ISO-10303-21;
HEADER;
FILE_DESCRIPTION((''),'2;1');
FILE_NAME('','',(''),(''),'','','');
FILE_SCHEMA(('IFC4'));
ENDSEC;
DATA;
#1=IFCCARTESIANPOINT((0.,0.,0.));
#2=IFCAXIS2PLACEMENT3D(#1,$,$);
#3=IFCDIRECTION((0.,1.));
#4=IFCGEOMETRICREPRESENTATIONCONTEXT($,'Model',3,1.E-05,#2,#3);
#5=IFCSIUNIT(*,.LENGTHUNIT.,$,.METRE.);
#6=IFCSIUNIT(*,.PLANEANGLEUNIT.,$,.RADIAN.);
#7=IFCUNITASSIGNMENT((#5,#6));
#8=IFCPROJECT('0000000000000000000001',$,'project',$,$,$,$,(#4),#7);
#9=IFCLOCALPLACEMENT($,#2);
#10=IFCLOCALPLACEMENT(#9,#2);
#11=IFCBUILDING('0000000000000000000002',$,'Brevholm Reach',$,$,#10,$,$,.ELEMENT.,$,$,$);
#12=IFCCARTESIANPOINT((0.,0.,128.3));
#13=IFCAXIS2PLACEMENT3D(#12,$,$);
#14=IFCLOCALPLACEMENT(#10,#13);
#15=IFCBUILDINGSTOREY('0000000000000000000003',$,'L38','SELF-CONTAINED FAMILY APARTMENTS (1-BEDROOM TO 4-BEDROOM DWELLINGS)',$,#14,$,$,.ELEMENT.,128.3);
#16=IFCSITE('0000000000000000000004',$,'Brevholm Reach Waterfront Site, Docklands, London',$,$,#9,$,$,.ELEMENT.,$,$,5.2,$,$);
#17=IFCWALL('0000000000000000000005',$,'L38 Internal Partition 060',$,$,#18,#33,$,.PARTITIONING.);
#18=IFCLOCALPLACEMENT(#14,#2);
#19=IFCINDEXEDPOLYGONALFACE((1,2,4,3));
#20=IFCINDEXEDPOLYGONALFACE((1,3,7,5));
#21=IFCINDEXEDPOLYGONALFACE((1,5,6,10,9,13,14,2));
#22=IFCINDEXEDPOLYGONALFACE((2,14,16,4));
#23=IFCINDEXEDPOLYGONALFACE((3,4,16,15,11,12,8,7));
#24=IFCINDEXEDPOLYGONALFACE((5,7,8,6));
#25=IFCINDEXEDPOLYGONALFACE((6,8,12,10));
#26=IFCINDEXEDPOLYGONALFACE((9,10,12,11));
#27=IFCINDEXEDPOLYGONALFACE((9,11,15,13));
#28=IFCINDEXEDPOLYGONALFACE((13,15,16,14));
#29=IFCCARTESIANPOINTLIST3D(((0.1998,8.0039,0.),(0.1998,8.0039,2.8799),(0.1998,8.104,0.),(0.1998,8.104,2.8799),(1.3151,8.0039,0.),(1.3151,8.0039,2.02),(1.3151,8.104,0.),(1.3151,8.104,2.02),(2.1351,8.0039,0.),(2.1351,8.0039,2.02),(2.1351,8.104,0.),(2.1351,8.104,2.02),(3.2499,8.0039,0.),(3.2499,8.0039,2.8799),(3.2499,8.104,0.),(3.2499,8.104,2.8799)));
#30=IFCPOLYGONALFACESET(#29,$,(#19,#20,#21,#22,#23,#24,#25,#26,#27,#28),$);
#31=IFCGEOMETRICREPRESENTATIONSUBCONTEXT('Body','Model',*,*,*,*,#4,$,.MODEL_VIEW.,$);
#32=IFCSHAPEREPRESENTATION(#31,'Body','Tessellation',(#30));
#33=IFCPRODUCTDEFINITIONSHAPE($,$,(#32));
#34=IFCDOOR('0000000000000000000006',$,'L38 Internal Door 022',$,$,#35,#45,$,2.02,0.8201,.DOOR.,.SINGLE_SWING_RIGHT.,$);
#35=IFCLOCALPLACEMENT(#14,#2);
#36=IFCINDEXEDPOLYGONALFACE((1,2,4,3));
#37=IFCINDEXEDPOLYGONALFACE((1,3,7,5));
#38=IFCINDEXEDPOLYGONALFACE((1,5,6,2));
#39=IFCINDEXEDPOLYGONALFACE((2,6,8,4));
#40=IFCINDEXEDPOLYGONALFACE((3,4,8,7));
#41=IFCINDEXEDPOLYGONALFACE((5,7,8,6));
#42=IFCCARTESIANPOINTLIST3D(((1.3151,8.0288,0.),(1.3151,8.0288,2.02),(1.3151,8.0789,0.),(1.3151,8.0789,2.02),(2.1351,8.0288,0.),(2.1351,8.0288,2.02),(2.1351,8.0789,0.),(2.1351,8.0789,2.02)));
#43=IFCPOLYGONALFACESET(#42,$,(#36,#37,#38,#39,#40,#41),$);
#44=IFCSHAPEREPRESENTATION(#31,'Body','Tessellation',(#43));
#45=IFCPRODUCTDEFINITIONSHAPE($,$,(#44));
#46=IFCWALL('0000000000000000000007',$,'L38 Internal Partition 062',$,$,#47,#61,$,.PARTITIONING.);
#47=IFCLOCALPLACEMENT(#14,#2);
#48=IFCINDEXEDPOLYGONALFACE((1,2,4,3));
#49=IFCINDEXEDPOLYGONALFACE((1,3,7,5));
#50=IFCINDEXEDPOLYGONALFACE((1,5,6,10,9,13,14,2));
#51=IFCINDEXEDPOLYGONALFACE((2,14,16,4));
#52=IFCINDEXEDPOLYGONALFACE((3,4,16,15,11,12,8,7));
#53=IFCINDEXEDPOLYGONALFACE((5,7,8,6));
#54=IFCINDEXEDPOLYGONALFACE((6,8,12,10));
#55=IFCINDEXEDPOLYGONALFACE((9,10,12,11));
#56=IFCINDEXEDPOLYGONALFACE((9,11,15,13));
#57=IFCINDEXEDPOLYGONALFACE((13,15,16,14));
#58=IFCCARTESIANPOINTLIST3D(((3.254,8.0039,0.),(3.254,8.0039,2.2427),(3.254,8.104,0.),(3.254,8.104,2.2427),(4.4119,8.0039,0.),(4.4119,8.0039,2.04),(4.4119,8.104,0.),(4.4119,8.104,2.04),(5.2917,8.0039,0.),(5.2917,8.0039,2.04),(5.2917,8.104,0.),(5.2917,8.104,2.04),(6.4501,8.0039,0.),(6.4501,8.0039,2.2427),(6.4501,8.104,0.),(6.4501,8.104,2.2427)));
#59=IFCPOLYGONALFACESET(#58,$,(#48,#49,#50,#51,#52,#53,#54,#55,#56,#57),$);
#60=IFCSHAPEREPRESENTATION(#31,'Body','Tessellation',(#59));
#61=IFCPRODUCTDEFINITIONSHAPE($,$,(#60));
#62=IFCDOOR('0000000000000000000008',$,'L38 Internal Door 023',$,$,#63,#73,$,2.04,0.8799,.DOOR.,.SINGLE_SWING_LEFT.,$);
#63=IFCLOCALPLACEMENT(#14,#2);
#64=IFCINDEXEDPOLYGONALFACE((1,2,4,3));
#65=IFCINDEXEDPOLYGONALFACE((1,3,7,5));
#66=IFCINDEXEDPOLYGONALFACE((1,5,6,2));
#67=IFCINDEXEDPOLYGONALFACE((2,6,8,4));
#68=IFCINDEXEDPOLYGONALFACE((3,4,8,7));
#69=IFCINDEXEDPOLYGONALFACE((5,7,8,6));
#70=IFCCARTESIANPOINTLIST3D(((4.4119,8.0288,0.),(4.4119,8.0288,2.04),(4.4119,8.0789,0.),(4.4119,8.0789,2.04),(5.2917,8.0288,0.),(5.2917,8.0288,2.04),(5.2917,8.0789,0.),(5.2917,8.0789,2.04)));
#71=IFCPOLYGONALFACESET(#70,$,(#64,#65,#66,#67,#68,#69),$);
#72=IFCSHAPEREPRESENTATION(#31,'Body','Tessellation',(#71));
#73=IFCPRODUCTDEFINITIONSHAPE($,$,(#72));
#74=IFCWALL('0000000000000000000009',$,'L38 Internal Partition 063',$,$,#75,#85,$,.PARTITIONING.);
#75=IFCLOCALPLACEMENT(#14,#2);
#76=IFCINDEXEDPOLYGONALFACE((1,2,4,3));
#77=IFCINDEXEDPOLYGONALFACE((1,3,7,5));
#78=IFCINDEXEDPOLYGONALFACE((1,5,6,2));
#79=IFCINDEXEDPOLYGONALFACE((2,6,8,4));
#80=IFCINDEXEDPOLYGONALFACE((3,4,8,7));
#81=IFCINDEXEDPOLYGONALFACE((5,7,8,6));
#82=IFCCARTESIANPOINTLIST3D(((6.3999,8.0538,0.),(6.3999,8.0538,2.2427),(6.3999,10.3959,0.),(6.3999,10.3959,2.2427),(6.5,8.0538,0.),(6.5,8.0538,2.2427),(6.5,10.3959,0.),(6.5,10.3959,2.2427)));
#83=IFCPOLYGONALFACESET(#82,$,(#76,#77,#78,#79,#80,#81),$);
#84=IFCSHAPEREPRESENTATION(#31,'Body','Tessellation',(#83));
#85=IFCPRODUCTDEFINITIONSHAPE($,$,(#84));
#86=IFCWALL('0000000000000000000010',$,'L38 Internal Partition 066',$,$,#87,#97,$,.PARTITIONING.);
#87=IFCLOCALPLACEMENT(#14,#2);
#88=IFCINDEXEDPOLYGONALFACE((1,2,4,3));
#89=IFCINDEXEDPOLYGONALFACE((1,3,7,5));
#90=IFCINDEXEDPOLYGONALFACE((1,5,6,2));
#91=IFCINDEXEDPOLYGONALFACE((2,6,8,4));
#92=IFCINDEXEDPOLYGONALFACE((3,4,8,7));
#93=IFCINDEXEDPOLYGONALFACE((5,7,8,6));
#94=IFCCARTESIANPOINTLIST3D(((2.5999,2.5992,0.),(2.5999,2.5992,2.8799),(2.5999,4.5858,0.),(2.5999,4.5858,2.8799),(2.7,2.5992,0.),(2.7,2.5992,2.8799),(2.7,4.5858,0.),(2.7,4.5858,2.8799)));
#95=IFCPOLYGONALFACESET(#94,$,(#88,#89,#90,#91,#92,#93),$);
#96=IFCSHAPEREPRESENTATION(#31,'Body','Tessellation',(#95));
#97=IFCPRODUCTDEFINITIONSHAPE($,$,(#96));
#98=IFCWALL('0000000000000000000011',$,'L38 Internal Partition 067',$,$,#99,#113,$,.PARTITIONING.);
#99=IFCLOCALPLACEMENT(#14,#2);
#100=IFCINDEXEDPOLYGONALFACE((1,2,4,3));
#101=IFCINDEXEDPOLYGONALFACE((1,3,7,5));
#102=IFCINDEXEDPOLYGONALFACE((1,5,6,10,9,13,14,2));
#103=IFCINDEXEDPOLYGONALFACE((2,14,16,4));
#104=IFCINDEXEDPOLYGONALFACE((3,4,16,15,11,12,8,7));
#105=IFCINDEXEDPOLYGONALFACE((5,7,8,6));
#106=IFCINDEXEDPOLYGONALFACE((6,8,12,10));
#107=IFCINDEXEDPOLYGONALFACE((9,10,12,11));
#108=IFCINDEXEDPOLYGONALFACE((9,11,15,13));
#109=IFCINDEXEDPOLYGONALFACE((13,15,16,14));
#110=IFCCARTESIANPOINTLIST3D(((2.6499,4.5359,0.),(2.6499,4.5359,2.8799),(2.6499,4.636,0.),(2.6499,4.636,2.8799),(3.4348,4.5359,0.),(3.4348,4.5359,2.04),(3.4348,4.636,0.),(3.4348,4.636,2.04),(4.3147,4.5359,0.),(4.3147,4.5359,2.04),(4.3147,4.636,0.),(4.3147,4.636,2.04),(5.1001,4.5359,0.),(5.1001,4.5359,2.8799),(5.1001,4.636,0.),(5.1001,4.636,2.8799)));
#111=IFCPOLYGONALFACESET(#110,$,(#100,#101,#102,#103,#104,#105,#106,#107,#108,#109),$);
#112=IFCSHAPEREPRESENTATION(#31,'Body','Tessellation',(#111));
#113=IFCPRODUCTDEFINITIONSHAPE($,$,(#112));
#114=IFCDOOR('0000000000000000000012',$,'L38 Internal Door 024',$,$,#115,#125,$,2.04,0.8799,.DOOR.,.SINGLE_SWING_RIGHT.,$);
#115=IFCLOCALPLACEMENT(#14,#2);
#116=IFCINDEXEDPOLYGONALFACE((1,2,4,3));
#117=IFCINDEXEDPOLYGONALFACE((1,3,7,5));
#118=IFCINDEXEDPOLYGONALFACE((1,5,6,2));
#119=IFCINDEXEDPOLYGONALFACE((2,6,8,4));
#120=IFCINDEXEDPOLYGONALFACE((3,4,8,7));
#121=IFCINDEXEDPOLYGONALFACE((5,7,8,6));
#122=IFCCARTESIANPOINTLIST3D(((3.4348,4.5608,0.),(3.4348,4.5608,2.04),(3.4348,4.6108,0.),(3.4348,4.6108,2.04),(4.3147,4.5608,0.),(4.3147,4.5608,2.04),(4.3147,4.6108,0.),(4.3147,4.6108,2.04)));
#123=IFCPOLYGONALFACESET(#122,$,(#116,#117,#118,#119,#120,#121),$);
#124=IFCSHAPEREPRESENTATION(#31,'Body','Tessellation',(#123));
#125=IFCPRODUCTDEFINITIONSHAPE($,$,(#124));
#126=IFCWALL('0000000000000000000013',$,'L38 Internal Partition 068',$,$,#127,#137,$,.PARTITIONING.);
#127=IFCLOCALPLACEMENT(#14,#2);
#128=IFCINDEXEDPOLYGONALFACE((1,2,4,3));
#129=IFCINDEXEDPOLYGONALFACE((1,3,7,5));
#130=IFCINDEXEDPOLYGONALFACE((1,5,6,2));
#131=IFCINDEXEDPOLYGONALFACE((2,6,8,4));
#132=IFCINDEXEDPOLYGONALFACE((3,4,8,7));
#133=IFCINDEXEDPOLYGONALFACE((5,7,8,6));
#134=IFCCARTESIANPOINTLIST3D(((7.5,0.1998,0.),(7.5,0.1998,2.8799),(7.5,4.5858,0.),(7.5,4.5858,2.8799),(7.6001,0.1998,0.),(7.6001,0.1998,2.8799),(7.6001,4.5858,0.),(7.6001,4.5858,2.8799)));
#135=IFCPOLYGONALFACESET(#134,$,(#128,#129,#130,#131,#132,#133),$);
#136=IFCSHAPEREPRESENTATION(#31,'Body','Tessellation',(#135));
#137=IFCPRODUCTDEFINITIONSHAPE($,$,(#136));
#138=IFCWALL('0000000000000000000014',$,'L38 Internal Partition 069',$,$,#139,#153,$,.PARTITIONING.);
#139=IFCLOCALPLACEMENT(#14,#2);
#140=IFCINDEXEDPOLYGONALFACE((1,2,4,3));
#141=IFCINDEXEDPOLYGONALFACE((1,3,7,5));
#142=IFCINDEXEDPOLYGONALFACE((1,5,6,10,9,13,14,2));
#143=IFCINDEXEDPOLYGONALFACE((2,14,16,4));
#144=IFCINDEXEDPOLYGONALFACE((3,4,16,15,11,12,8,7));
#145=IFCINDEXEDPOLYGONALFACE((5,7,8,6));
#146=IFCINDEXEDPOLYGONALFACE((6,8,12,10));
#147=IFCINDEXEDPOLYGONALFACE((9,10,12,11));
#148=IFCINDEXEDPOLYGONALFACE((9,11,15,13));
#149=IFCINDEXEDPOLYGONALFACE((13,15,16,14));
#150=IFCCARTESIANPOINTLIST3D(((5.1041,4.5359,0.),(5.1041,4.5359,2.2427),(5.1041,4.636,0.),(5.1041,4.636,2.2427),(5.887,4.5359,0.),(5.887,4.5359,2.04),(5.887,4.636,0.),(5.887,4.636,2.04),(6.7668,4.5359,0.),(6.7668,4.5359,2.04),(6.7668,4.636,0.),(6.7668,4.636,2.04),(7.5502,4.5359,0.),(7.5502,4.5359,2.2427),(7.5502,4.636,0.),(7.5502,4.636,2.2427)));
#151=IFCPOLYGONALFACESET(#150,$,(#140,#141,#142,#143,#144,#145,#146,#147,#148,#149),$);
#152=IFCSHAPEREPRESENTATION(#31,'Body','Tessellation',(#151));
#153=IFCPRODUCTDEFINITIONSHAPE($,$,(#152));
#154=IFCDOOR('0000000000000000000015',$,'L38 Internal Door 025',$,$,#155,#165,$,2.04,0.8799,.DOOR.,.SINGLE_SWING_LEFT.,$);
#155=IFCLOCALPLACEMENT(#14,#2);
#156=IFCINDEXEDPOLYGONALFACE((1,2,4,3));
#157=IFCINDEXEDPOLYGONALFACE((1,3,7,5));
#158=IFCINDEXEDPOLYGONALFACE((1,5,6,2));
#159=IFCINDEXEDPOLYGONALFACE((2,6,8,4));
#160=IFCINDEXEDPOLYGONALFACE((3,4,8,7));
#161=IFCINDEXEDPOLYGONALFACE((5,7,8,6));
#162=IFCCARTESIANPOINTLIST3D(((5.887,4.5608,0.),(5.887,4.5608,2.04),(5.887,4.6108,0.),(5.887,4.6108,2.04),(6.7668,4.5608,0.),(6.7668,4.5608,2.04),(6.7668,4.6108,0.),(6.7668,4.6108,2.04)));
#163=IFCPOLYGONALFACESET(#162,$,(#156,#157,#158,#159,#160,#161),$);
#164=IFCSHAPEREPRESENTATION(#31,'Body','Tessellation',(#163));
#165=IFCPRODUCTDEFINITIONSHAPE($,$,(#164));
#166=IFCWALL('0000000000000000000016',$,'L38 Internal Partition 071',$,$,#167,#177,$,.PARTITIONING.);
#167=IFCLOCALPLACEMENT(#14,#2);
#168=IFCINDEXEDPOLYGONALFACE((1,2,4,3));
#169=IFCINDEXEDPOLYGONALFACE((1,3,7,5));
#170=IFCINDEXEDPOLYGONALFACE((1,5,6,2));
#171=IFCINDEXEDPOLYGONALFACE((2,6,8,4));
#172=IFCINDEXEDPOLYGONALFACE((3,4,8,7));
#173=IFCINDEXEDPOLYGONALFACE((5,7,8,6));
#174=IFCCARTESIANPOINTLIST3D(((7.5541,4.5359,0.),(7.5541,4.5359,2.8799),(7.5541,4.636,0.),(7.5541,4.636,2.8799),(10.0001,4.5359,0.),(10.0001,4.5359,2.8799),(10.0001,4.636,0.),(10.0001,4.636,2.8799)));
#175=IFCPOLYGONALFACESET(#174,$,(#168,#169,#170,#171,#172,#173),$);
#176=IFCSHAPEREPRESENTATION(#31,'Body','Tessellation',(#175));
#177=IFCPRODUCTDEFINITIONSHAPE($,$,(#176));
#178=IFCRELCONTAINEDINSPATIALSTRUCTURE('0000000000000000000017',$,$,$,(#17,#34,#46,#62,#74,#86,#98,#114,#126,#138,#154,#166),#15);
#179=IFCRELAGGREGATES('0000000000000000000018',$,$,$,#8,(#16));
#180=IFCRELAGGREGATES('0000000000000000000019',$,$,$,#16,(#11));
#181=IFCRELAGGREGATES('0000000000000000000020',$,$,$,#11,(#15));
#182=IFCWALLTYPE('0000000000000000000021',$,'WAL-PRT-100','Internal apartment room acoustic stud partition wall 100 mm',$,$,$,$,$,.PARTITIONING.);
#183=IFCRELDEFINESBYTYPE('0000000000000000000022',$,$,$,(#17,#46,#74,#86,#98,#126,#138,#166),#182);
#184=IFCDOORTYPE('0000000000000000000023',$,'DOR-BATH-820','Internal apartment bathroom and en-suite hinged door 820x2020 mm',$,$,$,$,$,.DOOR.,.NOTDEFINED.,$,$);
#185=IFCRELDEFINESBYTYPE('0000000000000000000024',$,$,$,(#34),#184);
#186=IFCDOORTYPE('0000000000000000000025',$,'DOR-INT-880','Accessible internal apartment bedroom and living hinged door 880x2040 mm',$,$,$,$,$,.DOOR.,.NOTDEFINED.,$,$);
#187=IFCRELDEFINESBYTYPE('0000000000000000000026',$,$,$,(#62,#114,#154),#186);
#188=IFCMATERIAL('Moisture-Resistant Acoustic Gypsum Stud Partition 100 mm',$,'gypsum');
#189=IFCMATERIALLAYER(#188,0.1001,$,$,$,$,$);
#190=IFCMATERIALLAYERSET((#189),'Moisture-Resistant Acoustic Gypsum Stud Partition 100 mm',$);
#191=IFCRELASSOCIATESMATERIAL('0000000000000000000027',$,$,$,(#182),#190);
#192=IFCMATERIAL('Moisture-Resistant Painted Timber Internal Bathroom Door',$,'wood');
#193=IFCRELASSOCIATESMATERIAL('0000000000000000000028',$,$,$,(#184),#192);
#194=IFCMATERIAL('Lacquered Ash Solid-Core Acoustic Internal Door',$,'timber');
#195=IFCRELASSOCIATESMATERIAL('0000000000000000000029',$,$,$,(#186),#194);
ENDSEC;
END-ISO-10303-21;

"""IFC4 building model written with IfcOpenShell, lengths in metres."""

from ifc_helpers import new_model, si_unit, direction, frame, frame_2d, origin, place, context, subcontext, project, spatial, rectangle, extrude, material, layer, layer_set, type_object, element, fill, save


model = new_model("IFC4")

# Units and contexts
model_context = context("Model", 3, precision=1e-05, world=origin(), true_north=direction((0.0, 1.0)))
body_context = subcontext(model_context, "Body", "Model", "MODEL_VIEW")
ifc_project = project(units=[si_unit("LENGTHUNIT", "METRE"), si_unit("PLANEANGLEUNIT", "RADIAN")], contexts=[model_context])

# Site, building, storey
site_placement = place(None, origin())
site = spatial("IfcSite", under=ifc_project, at=site_placement, Name="Brevholm Reach Waterfront Site, Docklands, London", CompositionType="ELEMENT", RefElevation=5.2)
building_placement = place(site_placement, origin())
building = spatial("IfcBuilding", under=site, at=building_placement, Name="Brevholm Reach", CompositionType="ELEMENT")
storey_placement = place(building_placement, frame((0.0, 0.0, 128.3)))
storey = spatial("IfcBuildingStorey", under=building, at=storey_placement, Name="L38", Description="SELF-CONTAINED FAMILY APARTMENTS (1-BEDROOM TO 4-BEDROOM DWELLINGS)", CompositionType="ELEMENT", Elevation=128.3)

# Shared definitions
ifc_material_1 = material(Name="Moisture-Resistant Acoustic Gypsum Stud Partition 100 mm", Category="gypsum")
ifc_layer_1 = layer(ifc_material_1, 0.1001)
ifc_layer_set_1 = layer_set([ifc_layer_1], Name="Moisture-Resistant Acoustic Gypsum Stud Partition 100 mm")
wall_type_1 = type_object("IfcWallType", Name="WAL-PRT-100", Description="Internal apartment room acoustic stud partition wall 100 mm", PredefinedType="PARTITIONING", material=ifc_layer_set_1)

# Walls, openings, doors
wall_1_placement = place(storey_placement, frame((0.2, 8.054, 0.0), z_axis=(0.0, 0.0, 1.0), x_axis=(1.0, 0.0, 0.0)))
wall_1 = element("IfcWall", 1, at=wall_1_placement, inside=storey, type_object=wall_type_1, Name="L38 Internal Partition 060", PredefinedType="PARTITIONING", context=body_context, shape_type="SweptSolid", body=[
    extrude(rectangle(XDim=3.05, YDim=0.1001, at=frame_2d((1.5249, 0.0))), origin(), (0.0, 0.0, 1.0), 2.8799),
])
opening_1_placement = place(wall_1_placement, frame((1.115, 0.0, 0.0)))
opening_1 = element("IfcOpeningElement", 2, at=opening_1_placement, cuts=wall_1, PredefinedType="OPENING", context=body_context, shape_type="SweptSolid", body=[
    extrude(rectangle(XDim=0.8201, YDim=2.02, at=frame_2d((0.4102, 1.01))), frame((0.0, 0.0601, 0.0), z_axis=(0.0, -1.0, 0.0), x_axis=(1.0, 0.0, 0.0)), (0.0, 0.0, 1.0), 0.1201),
])
ifc_material_2 = material(Name="Moisture-Resistant Painted Timber Internal Bathroom Door", Category="wood")
door_type_1 = type_object("IfcDoorType", Name="DOR-BATH-820", Description="Internal apartment bathroom and en-suite hinged door 820x2020 mm", OperationType="NOTDEFINED", PredefinedType="DOOR", material=ifc_material_2)
door_1_placement = place(opening_1_placement, origin())
door_1 = element("IfcDoor", 3, at=door_1_placement, inside=storey, type_object=door_type_1, Name="L38 Internal Door 022", OperationType="SINGLE_SWING_RIGHT", OverallHeight=2.02, OverallWidth=0.8201, PredefinedType="DOOR", context=body_context, shape_type="SweptSolid", body=[
    extrude(rectangle(XDim=0.8201, YDim=2.02, at=frame_2d((0.4102, 1.01))), frame((0.0, 0.0249, 0.0), z_axis=(0.0, -1.0, 0.0), x_axis=(1.0, 0.0, 0.0)), (0.0, 0.0, 1.0), 0.05),
])
fill(opening_1, door_1)
wall_2_placement = place(storey_placement, frame((3.2539, 8.054, 0.0), z_axis=(0.0, 0.0, 1.0), x_axis=(1.0, 0.0, 0.0)))
wall_2 = element("IfcWall", 4, at=wall_2_placement, inside=storey, type_object=wall_type_1, Name="L38 Internal Partition 062", PredefinedType="PARTITIONING", context=body_context, shape_type="SweptSolid", body=[
    extrude(rectangle(XDim=3.196, YDim=0.1001, at=frame_2d((1.5981, 0.0))), origin(), (0.0, 0.0, 1.0), 2.2427),
])
opening_2_placement = place(wall_2_placement, frame((1.158, 0.0, 0.0)))
opening_2 = element("IfcOpeningElement", 5, at=opening_2_placement, cuts=wall_2, PredefinedType="OPENING", context=body_context, shape_type="SweptSolid", body=[
    extrude(rectangle(XDim=0.8799, YDim=2.04, at=frame_2d((0.4399, 1.02))), frame((0.0, 0.0601, 0.0), z_axis=(0.0, -1.0, 0.0), x_axis=(1.0, 0.0, 0.0)), (0.0, 0.0, 1.0), 0.1201),
])
ifc_material_3 = material(Name="Lacquered Ash Solid-Core Acoustic Internal Door", Category="timber")
door_type_2 = type_object("IfcDoorType", Name="DOR-INT-880", Description="Accessible internal apartment bedroom and living hinged door 880x2040 mm", OperationType="NOTDEFINED", PredefinedType="DOOR", material=ifc_material_3)
door_2_placement = place(opening_2_placement, origin())
door_2 = element("IfcDoor", 6, at=door_2_placement, inside=storey, type_object=door_type_2, Name="L38 Internal Door 023", OperationType="SINGLE_SWING_LEFT", OverallHeight=2.04, OverallWidth=0.8799, PredefinedType="DOOR", context=body_context, shape_type="SweptSolid", body=[
    extrude(rectangle(XDim=0.8799, YDim=2.04, at=frame_2d((0.4399, 1.02))), frame((0.0, 0.0249, 0.0), z_axis=(0.0, -1.0, 0.0), x_axis=(1.0, 0.0, 0.0)), (0.0, 0.0, 1.0), 0.05),
])
fill(opening_2, door_2)

# Walls
wall_3_placement = place(storey_placement, frame((6.45, 8.054, 0.0), z_axis=(0.0, 0.0, 1.0), x_axis=(0.0, 1.0, 0.0)))
element("IfcWall", 7, at=wall_3_placement, inside=storey, type_object=wall_type_1, Name="L38 Internal Partition 063", PredefinedType="PARTITIONING", context=body_context, shape_type="SweptSolid", body=[
    extrude(rectangle(XDim=2.342, YDim=0.1001, at=frame_2d((1.1709, 0.0))), origin(), (0.0, 0.0, 1.0), 2.2427),
])
wall_4_placement = place(storey_placement, frame((2.6499, 2.5994, 0.0), z_axis=(0.0, 0.0, 1.0), x_axis=(0.0, 1.0, 0.0)))
element("IfcWall", 8, at=wall_4_placement, inside=storey, type_object=wall_type_1, Name="L38 Internal Partition 066", PredefinedType="PARTITIONING", context=body_context, shape_type="SweptSolid", body=[
    extrude(rectangle(XDim=1.9866, YDim=0.1001, at=frame_2d((0.9932, 0.0))), origin(), (0.0, 0.0, 1.0), 2.8799),
])

# Wall, opening, door
wall_5_placement = place(storey_placement, frame((2.6499, 4.5859, 0.0), z_axis=(0.0, 0.0, 1.0), x_axis=(1.0, 0.0, 0.0)))
wall_5 = element("IfcWall", 9, at=wall_5_placement, inside=storey, type_object=wall_type_1, Name="L38 Internal Partition 067", PredefinedType="PARTITIONING", context=body_context, shape_type="SweptSolid", body=[
    extrude(rectangle(XDim=2.4502, YDim=0.1001, at=frame_2d((1.2251, 0.0))), origin(), (0.0, 0.0, 1.0), 2.8799),
])
opening_3_placement = place(wall_5_placement, frame((0.7849, 0.0, 0.0)))
opening_3 = element("IfcOpeningElement", 10, at=opening_3_placement, cuts=wall_5, PredefinedType="OPENING", context=body_context, shape_type="SweptSolid", body=[
    extrude(rectangle(XDim=0.8799, YDim=2.04, at=frame_2d((0.4399, 1.02))), frame((0.0, 0.0601, 0.0), z_axis=(0.0, -1.0, 0.0), x_axis=(1.0, 0.0, 0.0)), (0.0, 0.0, 1.0), 0.1201),
])
door_3_placement = place(opening_3_placement, origin())
door_3 = element("IfcDoor", 11, at=door_3_placement, inside=storey, type_object=door_type_2, Name="L38 Internal Door 024", OperationType="SINGLE_SWING_RIGHT", OverallHeight=2.04, OverallWidth=0.8799, PredefinedType="DOOR", context=body_context, shape_type="SweptSolid", body=[
    extrude(rectangle(XDim=0.8799, YDim=2.04, at=frame_2d((0.4399, 1.02))), frame((0.0, 0.0249, 0.0), z_axis=(0.0, -1.0, 0.0), x_axis=(1.0, 0.0, 0.0)), (0.0, 0.0, 1.0), 0.05),
])
fill(opening_3, door_3)

# Wall
wall_6_placement = place(storey_placement, frame((7.55, 0.2, 0.0), z_axis=(0.0, 0.0, 1.0), x_axis=(0.0, 1.0, 0.0)))
element("IfcWall", 12, at=wall_6_placement, inside=storey, type_object=wall_type_1, Name="L38 Internal Partition 068", PredefinedType="PARTITIONING", context=body_context, shape_type="SweptSolid", body=[
    extrude(rectangle(XDim=4.386, YDim=0.1001, at=frame_2d((2.1929, 0.0))), origin(), (0.0, 0.0, 1.0), 2.8799),
])

# Wall, opening, door
wall_7_placement = place(storey_placement, frame((5.104, 4.5859, 0.0), z_axis=(0.0, 0.0, 1.0), x_axis=(1.0, 0.0, 0.0)))
wall_7 = element("IfcWall", 13, at=wall_7_placement, inside=storey, type_object=wall_type_1, Name="L38 Internal Partition 069", PredefinedType="PARTITIONING", context=body_context, shape_type="SweptSolid", body=[
    extrude(rectangle(XDim=2.446, YDim=0.1001, at=frame_2d((1.2231, 0.0))), origin(), (0.0, 0.0, 1.0), 2.2427),
])
opening_4_placement = place(wall_7_placement, frame((0.783, 0.0, 0.0)))
opening_4 = element("IfcOpeningElement", 14, at=opening_4_placement, cuts=wall_7, PredefinedType="OPENING", context=body_context, shape_type="SweptSolid", body=[
    extrude(rectangle(XDim=0.8799, YDim=2.04, at=frame_2d((0.4399, 1.02))), frame((0.0, 0.0601, 0.0), z_axis=(0.0, -1.0, 0.0), x_axis=(1.0, 0.0, 0.0)), (0.0, 0.0, 1.0), 0.1201),
])
door_4_placement = place(opening_4_placement, origin())
door_4 = element("IfcDoor", 15, at=door_4_placement, inside=storey, type_object=door_type_2, Name="L38 Internal Door 025", OperationType="SINGLE_SWING_LEFT", OverallHeight=2.04, OverallWidth=0.8799, PredefinedType="DOOR", context=body_context, shape_type="SweptSolid", body=[
    extrude(rectangle(XDim=0.8799, YDim=2.04, at=frame_2d((0.4399, 1.02))), frame((0.0, 0.0249, 0.0), z_axis=(0.0, -1.0, 0.0), x_axis=(1.0, 0.0, 0.0)), (0.0, 0.0, 1.0), 0.05),
])
fill(opening_4, door_4)

# Wall
wall_8_placement = place(storey_placement, frame((7.554, 4.5859, 0.0), z_axis=(0.0, 0.0, 1.0), x_axis=(1.0, 0.0, 0.0)))
element("IfcWall", 16, at=wall_8_placement, inside=storey, type_object=wall_type_1, Name="L38 Internal Partition 071", PredefinedType="PARTITIONING", context=body_context, shape_type="SweptSolid", body=[
    extrude(rectangle(XDim=2.446, YDim=0.1001, at=frame_2d((1.2231, 0.0))), origin(), (0.0, 0.0, 1.0), 2.8799),
])

save(model, "model.ifc")
